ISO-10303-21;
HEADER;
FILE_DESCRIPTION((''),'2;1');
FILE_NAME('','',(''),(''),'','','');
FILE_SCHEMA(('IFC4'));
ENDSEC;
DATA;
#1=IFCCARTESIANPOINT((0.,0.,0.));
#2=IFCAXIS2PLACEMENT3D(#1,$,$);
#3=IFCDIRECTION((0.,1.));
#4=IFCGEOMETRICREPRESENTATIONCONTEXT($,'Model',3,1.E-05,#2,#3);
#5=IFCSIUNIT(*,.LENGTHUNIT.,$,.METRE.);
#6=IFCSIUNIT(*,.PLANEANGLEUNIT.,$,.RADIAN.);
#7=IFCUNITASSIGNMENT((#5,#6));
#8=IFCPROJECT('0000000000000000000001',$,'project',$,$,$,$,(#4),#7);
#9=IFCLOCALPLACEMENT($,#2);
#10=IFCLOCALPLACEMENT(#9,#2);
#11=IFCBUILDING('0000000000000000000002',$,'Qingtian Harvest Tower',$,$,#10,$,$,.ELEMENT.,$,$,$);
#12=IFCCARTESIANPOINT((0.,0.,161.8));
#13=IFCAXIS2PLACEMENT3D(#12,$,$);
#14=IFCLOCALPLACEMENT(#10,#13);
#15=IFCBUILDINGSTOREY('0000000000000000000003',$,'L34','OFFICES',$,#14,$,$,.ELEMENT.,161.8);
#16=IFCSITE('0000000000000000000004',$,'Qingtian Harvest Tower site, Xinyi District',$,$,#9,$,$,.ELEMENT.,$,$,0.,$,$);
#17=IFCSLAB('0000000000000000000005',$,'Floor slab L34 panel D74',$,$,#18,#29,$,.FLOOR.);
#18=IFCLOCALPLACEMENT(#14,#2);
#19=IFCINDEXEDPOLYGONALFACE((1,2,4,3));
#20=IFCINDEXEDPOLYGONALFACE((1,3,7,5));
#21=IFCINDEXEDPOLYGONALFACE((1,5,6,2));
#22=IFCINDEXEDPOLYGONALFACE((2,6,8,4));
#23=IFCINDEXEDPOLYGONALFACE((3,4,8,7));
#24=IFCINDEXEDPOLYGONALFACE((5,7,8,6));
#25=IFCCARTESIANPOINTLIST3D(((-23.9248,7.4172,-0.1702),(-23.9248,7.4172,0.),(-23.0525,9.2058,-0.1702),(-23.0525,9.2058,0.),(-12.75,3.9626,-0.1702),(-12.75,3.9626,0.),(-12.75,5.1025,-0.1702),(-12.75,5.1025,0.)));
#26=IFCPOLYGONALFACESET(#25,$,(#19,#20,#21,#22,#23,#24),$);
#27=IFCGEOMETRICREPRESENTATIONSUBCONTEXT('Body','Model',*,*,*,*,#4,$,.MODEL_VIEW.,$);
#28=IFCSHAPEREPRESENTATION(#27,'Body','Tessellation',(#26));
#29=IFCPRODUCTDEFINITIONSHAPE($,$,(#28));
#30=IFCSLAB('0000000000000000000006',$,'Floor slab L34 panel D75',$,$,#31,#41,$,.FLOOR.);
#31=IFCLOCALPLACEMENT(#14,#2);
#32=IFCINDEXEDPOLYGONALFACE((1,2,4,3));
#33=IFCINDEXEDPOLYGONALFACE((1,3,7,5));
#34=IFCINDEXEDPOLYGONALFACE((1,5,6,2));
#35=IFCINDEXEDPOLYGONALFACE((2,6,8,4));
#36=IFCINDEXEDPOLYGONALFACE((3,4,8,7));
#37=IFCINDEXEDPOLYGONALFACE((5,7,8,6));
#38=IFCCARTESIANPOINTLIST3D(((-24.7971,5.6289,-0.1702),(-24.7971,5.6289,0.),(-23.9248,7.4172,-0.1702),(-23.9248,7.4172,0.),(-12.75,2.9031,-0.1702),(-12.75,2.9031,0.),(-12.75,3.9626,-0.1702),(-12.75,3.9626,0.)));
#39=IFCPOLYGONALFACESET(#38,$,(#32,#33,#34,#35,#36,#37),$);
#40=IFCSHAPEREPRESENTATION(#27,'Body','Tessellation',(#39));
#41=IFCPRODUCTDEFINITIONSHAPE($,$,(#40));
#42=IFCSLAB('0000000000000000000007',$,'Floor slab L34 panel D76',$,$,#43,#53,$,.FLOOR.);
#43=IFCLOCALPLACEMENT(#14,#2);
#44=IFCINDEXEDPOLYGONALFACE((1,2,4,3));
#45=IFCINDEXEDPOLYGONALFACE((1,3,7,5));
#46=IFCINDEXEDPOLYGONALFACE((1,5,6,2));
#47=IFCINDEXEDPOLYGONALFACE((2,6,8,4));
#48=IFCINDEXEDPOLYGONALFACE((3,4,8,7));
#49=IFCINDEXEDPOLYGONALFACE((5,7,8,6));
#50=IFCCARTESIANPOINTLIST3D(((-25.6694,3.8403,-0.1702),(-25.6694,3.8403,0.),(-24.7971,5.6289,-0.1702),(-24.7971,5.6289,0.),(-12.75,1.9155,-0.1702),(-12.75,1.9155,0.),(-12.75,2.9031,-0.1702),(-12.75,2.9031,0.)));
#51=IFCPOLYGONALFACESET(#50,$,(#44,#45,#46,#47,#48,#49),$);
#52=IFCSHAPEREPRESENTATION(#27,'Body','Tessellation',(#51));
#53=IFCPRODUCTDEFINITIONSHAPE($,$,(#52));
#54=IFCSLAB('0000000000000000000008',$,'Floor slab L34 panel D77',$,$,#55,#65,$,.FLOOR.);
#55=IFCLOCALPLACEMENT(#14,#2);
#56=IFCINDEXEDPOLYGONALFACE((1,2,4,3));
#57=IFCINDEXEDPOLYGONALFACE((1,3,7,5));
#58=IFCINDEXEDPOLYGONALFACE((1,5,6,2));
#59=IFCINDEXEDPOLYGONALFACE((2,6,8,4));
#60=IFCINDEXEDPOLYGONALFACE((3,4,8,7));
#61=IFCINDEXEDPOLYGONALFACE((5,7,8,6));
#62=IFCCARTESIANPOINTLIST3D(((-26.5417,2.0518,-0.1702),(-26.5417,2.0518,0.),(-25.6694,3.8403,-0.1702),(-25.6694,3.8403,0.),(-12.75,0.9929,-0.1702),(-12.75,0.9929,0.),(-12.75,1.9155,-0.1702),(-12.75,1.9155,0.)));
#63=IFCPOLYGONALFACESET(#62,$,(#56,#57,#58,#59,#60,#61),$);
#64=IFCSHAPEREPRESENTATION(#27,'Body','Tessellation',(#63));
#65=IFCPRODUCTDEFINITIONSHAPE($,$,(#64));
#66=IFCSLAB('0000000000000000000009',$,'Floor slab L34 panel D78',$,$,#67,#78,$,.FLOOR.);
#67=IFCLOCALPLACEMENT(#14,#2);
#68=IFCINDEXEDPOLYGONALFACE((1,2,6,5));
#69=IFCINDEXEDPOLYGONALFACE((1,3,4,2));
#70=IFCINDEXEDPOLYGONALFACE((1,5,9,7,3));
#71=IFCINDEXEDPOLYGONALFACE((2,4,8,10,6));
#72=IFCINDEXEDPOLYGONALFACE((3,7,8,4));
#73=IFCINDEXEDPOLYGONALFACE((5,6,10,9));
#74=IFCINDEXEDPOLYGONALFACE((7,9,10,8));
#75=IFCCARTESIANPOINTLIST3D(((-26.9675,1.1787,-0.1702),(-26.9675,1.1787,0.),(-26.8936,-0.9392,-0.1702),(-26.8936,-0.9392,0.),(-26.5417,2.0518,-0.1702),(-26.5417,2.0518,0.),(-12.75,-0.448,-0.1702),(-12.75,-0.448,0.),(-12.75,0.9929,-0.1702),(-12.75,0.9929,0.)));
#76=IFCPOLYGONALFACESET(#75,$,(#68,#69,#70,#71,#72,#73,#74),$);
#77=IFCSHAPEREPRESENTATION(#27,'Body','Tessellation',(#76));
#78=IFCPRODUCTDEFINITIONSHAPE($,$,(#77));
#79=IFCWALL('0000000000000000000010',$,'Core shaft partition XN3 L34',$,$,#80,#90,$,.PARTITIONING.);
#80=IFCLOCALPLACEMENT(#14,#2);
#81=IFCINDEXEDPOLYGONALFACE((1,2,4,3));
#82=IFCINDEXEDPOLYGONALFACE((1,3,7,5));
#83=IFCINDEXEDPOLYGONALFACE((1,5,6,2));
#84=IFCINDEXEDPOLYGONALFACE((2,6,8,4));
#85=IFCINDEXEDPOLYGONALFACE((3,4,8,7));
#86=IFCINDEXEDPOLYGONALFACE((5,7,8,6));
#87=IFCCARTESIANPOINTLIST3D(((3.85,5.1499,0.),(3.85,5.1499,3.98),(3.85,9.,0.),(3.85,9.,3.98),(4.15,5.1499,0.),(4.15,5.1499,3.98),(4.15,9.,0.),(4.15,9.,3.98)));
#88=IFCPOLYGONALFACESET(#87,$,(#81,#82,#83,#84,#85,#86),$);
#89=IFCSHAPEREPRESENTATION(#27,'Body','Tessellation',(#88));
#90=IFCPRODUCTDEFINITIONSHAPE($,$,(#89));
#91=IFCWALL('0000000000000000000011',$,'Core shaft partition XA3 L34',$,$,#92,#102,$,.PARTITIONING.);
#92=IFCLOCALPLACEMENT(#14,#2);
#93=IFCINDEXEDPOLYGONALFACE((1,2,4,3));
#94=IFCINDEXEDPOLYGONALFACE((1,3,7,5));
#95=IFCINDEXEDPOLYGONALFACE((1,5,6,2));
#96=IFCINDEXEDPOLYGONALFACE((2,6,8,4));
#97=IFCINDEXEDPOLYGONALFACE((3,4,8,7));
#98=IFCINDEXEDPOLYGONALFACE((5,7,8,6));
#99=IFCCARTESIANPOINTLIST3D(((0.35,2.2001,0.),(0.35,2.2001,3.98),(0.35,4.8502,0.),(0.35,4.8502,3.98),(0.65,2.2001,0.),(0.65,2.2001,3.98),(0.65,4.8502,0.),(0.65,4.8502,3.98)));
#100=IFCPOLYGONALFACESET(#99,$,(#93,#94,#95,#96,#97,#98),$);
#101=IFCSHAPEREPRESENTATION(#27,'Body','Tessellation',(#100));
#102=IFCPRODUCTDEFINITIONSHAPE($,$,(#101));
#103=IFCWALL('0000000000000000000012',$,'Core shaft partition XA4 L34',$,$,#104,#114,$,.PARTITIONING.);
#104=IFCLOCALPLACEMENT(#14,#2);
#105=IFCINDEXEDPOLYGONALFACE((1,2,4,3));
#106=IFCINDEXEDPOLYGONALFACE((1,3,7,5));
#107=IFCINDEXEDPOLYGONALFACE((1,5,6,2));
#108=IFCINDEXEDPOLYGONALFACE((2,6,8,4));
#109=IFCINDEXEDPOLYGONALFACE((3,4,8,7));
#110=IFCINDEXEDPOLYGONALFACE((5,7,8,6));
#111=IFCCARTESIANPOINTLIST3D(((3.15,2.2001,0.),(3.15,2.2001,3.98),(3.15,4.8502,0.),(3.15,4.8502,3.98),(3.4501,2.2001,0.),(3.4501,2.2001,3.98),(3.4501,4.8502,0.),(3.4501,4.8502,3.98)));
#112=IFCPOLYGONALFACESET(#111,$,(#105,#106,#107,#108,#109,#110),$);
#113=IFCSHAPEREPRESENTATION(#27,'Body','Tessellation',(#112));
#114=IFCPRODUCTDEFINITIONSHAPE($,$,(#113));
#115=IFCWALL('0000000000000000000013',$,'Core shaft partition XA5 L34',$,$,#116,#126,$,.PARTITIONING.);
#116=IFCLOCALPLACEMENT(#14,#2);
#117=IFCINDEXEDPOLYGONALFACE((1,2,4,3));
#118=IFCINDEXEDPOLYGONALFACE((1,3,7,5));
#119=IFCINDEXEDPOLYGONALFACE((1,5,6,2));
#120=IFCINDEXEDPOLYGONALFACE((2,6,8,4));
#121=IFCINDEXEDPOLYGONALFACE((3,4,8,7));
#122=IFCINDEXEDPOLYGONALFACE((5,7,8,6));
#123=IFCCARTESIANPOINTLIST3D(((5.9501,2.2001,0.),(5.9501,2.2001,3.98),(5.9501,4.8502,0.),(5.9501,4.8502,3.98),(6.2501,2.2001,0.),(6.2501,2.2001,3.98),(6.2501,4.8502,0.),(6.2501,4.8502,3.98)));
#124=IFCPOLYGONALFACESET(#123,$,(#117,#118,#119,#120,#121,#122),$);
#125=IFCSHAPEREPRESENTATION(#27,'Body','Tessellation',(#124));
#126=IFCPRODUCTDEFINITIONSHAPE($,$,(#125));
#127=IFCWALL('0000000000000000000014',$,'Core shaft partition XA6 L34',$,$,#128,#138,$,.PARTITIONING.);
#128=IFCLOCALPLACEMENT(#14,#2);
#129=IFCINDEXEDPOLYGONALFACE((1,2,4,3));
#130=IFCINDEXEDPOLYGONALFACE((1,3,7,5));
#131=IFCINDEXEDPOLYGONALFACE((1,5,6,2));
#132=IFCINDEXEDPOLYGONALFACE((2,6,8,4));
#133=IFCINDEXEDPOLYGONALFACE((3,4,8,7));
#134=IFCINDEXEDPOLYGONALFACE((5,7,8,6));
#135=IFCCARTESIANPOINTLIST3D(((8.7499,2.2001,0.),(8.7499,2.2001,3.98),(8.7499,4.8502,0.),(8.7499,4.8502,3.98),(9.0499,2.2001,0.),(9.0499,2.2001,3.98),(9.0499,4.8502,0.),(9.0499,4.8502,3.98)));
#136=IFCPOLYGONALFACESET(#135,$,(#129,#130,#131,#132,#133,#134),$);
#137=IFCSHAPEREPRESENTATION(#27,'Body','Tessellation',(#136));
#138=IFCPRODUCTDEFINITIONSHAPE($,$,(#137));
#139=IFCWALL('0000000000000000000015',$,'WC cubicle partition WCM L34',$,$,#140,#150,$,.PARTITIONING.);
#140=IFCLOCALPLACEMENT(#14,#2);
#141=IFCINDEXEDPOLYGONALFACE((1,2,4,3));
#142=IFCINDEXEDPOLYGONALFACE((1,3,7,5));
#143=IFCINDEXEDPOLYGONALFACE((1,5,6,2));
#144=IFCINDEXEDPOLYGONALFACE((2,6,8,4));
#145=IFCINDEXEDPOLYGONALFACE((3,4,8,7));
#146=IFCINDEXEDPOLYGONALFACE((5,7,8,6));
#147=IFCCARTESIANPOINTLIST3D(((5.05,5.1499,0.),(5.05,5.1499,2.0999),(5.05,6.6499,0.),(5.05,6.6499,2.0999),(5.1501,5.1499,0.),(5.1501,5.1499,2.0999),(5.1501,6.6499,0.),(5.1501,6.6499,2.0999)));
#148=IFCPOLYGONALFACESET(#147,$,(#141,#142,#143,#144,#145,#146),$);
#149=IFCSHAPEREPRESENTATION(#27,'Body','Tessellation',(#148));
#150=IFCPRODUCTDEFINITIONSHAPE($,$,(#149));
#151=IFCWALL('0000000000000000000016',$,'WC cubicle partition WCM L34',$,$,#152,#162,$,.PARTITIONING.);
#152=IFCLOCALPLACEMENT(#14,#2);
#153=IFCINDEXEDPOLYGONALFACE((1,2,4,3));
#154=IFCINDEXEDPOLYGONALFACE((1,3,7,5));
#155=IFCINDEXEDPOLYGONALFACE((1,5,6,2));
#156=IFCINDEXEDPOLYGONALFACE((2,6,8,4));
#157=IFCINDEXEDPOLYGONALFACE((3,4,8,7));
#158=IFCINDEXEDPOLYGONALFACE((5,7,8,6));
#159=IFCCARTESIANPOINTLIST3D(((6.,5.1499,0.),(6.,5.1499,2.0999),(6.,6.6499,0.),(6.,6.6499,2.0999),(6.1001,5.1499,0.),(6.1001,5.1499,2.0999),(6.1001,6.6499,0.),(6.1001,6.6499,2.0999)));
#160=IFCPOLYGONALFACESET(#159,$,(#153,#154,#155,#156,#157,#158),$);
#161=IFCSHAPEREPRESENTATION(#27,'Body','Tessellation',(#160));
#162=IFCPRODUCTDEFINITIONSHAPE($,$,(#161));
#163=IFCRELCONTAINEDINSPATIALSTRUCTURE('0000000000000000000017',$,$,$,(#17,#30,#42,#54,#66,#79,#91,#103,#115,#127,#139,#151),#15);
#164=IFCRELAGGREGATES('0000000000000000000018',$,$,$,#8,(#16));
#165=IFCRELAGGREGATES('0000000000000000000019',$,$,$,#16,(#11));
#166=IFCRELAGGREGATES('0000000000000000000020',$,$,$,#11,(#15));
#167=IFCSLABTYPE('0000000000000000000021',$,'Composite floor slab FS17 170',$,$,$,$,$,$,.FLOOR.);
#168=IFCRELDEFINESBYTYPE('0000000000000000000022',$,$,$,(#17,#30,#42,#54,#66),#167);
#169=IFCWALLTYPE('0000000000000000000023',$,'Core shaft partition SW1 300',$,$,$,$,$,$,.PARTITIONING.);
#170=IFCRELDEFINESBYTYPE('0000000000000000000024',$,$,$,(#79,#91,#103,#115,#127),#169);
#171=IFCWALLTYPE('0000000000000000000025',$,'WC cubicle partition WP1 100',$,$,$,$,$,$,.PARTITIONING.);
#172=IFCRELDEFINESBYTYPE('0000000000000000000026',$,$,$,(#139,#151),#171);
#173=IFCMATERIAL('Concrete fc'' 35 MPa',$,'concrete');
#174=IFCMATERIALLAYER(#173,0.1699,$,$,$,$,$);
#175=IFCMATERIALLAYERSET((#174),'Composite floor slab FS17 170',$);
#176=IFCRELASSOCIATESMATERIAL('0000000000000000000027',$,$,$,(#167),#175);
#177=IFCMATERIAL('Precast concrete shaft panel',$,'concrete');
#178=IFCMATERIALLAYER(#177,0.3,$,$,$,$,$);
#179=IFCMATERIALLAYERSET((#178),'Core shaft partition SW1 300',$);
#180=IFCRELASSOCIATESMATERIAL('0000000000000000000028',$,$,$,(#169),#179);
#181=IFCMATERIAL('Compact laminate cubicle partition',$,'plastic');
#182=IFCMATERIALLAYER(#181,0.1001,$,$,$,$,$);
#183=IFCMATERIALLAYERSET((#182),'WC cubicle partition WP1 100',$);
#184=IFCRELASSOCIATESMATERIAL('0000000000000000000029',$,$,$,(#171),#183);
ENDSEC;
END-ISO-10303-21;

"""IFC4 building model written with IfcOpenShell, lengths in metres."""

from ifc_helpers import new_model, si_unit, direction, frame, frame_2d, origin, place, context, subcontext, project, spatial, polyline, rectangle, outline, extrude, material, layer, layer_set, type_object, element, save


model = new_model("IFC4")

# Units and contexts
model_context = context("Model", 3, precision=1e-05, world=origin(), true_north=direction((0.0, 1.0)))
body_context = subcontext(model_context, "Body", "Model", "MODEL_VIEW")
ifc_project = project(units=[si_unit("LENGTHUNIT", "METRE"), si_unit("PLANEANGLEUNIT", "RADIAN")], contexts=[model_context])

# Site, building, storey
site_placement = place(None, origin())
site = spatial("IfcSite", under=ifc_project, at=site_placement, Name="Qingtian Harvest Tower site, Xinyi District", CompositionType="ELEMENT", RefElevation=0.0)
building_placement = place(site_placement, origin())
building = spatial("IfcBuilding", under=site, at=building_placement, Name="Qingtian Harvest Tower", CompositionType="ELEMENT")
storey_placement = place(building_placement, frame((0.0, 0.0, 161.8)))
storey = spatial("IfcBuildingStorey", under=building, at=storey_placement, Name="L34", Description="OFFICES", CompositionType="ELEMENT", Elevation=161.8)

# Slabs
ifc_material_1 = material(Name="Concrete fc' 35 MPa", Category="concrete")
ifc_layer_1 = layer(ifc_material_1, 0.1699)
ifc_layer_set_1 = layer_set([ifc_layer_1], Name="Composite floor slab FS17 170")
slab_type = type_object("IfcSlabType", Name="Composite floor slab FS17 170", PredefinedType="FLOOR", material=ifc_layer_set_1)
slab_1_placement = place(storey_placement, frame((0.0, 0.0, -0.1702)))
element("IfcSlab", 1, at=slab_1_placement, inside=storey, type_object=slab_type, Name="Floor slab L34 panel D74", PredefinedType="FLOOR", context=body_context, shape_type="SweptSolid", body=[
    extrude(outline(polyline([(-12.75, 3.9626), (-23.9248, 7.4172), (-23.0525, 9.2058), (-12.75, 5.1025), (-12.75, 3.9626)])), origin(), (0.0, 0.0, 1.0), 0.1702),
])
slab_2_placement = place(storey_placement, frame((0.0, 0.0, -0.1702)))
element("IfcSlab", 2, at=slab_2_placement, inside=storey, type_object=slab_type, Name="Floor slab L34 panel D75", PredefinedType="FLOOR", context=body_context, shape_type="SweptSolid", body=[
    extrude(outline(polyline([(-12.75, 2.9031), (-24.7971, 5.6289), (-23.9248, 7.4172), (-12.75, 3.9626), (-12.75, 2.9031)])), origin(), (0.0, 0.0, 1.0), 0.1702),
])
slab_3_placement = place(storey_placement, frame((0.0, 0.0, -0.1702)))
element("IfcSlab", 3, at=slab_3_placement, inside=storey, type_object=slab_type, Name="Floor slab L34 panel D76", PredefinedType="FLOOR", context=body_context, shape_type="SweptSolid", body=[
    extrude(outline(polyline([(-12.75, 1.9155), (-25.6694, 3.8403), (-24.7971, 5.6289), (-12.75, 2.9031), (-12.75, 1.9155)])), origin(), (0.0, 0.0, 1.0), 0.1702),
])
slab_4_placement = place(storey_placement, frame((0.0, 0.0, -0.1702)))
element("IfcSlab", 4, at=slab_4_placement, inside=storey, type_object=slab_type, Name="Floor slab L34 panel D77", PredefinedType="FLOOR", context=body_context, shape_type="SweptSolid", body=[
    extrude(outline(polyline([(-12.75, 0.9929), (-26.5417, 2.0518), (-25.6694, 3.8403), (-12.75, 1.9155), (-12.75, 0.9929)])), origin(), (0.0, 0.0, 1.0), 0.1702),
])
slab_5_placement = place(storey_placement, frame((0.0, 0.0, -0.1702)))
element("IfcSlab", 5, at=slab_5_placement, inside=storey, type_object=slab_type, Name="Floor slab L34 panel D78", PredefinedType="FLOOR", context=body_context, shape_type="SweptSolid", body=[
    extrude(outline(polyline([(-12.75, 0.9929), (-12.75, -0.448), (-26.8936, -0.9392), (-26.9675, 1.1787), (-26.5417, 2.0518), (-12.75, 0.9929)])), origin(), (0.0, 0.0, 1.0), 0.1702),
])

# Shared definitions
ifc_material_2 = material(Name="Precast concrete shaft panel", Category="concrete")
ifc_layer_2 = layer(ifc_material_2, 0.3)
ifc_layer_set_2 = layer_set([ifc_layer_2], Name="Core shaft partition SW1 300")
wall_type_1 = type_object("IfcWallType", Name="Core shaft partition SW1 300", PredefinedType="PARTITIONING", material=ifc_layer_set_2)

# Walls
wall_1_placement = place(storey_placement, frame((4.0, 5.1499, 0.0), z_axis=(0.0, 0.0, 1.0), x_axis=(0.0, 1.0, 0.0)))
element("IfcWall", 6, at=wall_1_placement, inside=storey, type_object=wall_type_1, Name="Core shaft partition XN3 L34", PredefinedType="PARTITIONING", context=body_context, shape_type="SweptSolid", body=[
    extrude(rectangle(XDim=3.8501, YDim=0.3, at=frame_2d((1.925, 0.0))), origin(), (0.0, 0.0, 1.0), 3.98),
])
for number, where, z_axis, x_axis, name in (
    (7, (0.5, 2.2, 0.0), (0.0, 0.0, 1.0), (0.0, 1.0, 0.0), "Core shaft partition XA3 L34"),
    (8, (3.3, 2.2, 0.0), (0.0, 0.0, 1.0), (0.0, 1.0, 0.0), "Core shaft partition XA4 L34"),
    (9, (6.1001, 2.2, 0.0), (0.0, 0.0, 1.0), (0.0, 1.0, 0.0), "Core shaft partition XA5 L34"),
    (10, (8.8999, 2.2, 0.0), (0.0, 0.0, 1.0), (0.0, 1.0, 0.0), "Core shaft partition XA6 L34"),
):
    element("IfcWall", number, at=place(storey_placement, frame(where, z_axis=z_axis, x_axis=x_axis)), inside=storey, type_object=wall_type_1, Name=name, PredefinedType="PARTITIONING", context=body_context, shape_type="SweptSolid", body=[
        extrude(rectangle(XDim=2.6501, YDim=0.3, at=frame_2d((1.3252, 0.0))), origin(), (0.0, 0.0, 1.0), 3.98),
    ])

# Walls
ifc_material_3 = material(Name="Compact laminate cubicle partition", Category="plastic")
ifc_layer_3 = layer(ifc_material_3, 0.1001)
ifc_layer_set_3 = layer_set([ifc_layer_3], Name="WC cubicle partition WP1 100")
wall_type_2 = type_object("IfcWallType", Name="WC cubicle partition WP1 100", PredefinedType="PARTITIONING", material=ifc_layer_set_3)
for number, where, z_axis, x_axis, name in (
    (11, (5.1001, 5.1499, 0.0), (0.0, 0.0, 1.0), (0.0, 1.0, 0.0), "WC cubicle partition WCM L34"),
    (12, (6.05, 5.1499, 0.0), (0.0, 0.0, 1.0), (0.0, 1.0, 0.0), "WC cubicle partition WCM L34"),
):
    element("IfcWall", number, at=place(storey_placement, frame(where, z_axis=z_axis, x_axis=x_axis)), inside=storey, type_object=wall_type_2, Name=name, PredefinedType="PARTITIONING", context=body_context, shape_type="SweptSolid", body=[
        extrude(rectangle(XDim=1.5, YDim=0.1001, at=frame_2d((0.75, 0.0))), origin(), (0.0, 0.0, 1.0), 2.0999),
    ])

save(model, "model.ifc")
